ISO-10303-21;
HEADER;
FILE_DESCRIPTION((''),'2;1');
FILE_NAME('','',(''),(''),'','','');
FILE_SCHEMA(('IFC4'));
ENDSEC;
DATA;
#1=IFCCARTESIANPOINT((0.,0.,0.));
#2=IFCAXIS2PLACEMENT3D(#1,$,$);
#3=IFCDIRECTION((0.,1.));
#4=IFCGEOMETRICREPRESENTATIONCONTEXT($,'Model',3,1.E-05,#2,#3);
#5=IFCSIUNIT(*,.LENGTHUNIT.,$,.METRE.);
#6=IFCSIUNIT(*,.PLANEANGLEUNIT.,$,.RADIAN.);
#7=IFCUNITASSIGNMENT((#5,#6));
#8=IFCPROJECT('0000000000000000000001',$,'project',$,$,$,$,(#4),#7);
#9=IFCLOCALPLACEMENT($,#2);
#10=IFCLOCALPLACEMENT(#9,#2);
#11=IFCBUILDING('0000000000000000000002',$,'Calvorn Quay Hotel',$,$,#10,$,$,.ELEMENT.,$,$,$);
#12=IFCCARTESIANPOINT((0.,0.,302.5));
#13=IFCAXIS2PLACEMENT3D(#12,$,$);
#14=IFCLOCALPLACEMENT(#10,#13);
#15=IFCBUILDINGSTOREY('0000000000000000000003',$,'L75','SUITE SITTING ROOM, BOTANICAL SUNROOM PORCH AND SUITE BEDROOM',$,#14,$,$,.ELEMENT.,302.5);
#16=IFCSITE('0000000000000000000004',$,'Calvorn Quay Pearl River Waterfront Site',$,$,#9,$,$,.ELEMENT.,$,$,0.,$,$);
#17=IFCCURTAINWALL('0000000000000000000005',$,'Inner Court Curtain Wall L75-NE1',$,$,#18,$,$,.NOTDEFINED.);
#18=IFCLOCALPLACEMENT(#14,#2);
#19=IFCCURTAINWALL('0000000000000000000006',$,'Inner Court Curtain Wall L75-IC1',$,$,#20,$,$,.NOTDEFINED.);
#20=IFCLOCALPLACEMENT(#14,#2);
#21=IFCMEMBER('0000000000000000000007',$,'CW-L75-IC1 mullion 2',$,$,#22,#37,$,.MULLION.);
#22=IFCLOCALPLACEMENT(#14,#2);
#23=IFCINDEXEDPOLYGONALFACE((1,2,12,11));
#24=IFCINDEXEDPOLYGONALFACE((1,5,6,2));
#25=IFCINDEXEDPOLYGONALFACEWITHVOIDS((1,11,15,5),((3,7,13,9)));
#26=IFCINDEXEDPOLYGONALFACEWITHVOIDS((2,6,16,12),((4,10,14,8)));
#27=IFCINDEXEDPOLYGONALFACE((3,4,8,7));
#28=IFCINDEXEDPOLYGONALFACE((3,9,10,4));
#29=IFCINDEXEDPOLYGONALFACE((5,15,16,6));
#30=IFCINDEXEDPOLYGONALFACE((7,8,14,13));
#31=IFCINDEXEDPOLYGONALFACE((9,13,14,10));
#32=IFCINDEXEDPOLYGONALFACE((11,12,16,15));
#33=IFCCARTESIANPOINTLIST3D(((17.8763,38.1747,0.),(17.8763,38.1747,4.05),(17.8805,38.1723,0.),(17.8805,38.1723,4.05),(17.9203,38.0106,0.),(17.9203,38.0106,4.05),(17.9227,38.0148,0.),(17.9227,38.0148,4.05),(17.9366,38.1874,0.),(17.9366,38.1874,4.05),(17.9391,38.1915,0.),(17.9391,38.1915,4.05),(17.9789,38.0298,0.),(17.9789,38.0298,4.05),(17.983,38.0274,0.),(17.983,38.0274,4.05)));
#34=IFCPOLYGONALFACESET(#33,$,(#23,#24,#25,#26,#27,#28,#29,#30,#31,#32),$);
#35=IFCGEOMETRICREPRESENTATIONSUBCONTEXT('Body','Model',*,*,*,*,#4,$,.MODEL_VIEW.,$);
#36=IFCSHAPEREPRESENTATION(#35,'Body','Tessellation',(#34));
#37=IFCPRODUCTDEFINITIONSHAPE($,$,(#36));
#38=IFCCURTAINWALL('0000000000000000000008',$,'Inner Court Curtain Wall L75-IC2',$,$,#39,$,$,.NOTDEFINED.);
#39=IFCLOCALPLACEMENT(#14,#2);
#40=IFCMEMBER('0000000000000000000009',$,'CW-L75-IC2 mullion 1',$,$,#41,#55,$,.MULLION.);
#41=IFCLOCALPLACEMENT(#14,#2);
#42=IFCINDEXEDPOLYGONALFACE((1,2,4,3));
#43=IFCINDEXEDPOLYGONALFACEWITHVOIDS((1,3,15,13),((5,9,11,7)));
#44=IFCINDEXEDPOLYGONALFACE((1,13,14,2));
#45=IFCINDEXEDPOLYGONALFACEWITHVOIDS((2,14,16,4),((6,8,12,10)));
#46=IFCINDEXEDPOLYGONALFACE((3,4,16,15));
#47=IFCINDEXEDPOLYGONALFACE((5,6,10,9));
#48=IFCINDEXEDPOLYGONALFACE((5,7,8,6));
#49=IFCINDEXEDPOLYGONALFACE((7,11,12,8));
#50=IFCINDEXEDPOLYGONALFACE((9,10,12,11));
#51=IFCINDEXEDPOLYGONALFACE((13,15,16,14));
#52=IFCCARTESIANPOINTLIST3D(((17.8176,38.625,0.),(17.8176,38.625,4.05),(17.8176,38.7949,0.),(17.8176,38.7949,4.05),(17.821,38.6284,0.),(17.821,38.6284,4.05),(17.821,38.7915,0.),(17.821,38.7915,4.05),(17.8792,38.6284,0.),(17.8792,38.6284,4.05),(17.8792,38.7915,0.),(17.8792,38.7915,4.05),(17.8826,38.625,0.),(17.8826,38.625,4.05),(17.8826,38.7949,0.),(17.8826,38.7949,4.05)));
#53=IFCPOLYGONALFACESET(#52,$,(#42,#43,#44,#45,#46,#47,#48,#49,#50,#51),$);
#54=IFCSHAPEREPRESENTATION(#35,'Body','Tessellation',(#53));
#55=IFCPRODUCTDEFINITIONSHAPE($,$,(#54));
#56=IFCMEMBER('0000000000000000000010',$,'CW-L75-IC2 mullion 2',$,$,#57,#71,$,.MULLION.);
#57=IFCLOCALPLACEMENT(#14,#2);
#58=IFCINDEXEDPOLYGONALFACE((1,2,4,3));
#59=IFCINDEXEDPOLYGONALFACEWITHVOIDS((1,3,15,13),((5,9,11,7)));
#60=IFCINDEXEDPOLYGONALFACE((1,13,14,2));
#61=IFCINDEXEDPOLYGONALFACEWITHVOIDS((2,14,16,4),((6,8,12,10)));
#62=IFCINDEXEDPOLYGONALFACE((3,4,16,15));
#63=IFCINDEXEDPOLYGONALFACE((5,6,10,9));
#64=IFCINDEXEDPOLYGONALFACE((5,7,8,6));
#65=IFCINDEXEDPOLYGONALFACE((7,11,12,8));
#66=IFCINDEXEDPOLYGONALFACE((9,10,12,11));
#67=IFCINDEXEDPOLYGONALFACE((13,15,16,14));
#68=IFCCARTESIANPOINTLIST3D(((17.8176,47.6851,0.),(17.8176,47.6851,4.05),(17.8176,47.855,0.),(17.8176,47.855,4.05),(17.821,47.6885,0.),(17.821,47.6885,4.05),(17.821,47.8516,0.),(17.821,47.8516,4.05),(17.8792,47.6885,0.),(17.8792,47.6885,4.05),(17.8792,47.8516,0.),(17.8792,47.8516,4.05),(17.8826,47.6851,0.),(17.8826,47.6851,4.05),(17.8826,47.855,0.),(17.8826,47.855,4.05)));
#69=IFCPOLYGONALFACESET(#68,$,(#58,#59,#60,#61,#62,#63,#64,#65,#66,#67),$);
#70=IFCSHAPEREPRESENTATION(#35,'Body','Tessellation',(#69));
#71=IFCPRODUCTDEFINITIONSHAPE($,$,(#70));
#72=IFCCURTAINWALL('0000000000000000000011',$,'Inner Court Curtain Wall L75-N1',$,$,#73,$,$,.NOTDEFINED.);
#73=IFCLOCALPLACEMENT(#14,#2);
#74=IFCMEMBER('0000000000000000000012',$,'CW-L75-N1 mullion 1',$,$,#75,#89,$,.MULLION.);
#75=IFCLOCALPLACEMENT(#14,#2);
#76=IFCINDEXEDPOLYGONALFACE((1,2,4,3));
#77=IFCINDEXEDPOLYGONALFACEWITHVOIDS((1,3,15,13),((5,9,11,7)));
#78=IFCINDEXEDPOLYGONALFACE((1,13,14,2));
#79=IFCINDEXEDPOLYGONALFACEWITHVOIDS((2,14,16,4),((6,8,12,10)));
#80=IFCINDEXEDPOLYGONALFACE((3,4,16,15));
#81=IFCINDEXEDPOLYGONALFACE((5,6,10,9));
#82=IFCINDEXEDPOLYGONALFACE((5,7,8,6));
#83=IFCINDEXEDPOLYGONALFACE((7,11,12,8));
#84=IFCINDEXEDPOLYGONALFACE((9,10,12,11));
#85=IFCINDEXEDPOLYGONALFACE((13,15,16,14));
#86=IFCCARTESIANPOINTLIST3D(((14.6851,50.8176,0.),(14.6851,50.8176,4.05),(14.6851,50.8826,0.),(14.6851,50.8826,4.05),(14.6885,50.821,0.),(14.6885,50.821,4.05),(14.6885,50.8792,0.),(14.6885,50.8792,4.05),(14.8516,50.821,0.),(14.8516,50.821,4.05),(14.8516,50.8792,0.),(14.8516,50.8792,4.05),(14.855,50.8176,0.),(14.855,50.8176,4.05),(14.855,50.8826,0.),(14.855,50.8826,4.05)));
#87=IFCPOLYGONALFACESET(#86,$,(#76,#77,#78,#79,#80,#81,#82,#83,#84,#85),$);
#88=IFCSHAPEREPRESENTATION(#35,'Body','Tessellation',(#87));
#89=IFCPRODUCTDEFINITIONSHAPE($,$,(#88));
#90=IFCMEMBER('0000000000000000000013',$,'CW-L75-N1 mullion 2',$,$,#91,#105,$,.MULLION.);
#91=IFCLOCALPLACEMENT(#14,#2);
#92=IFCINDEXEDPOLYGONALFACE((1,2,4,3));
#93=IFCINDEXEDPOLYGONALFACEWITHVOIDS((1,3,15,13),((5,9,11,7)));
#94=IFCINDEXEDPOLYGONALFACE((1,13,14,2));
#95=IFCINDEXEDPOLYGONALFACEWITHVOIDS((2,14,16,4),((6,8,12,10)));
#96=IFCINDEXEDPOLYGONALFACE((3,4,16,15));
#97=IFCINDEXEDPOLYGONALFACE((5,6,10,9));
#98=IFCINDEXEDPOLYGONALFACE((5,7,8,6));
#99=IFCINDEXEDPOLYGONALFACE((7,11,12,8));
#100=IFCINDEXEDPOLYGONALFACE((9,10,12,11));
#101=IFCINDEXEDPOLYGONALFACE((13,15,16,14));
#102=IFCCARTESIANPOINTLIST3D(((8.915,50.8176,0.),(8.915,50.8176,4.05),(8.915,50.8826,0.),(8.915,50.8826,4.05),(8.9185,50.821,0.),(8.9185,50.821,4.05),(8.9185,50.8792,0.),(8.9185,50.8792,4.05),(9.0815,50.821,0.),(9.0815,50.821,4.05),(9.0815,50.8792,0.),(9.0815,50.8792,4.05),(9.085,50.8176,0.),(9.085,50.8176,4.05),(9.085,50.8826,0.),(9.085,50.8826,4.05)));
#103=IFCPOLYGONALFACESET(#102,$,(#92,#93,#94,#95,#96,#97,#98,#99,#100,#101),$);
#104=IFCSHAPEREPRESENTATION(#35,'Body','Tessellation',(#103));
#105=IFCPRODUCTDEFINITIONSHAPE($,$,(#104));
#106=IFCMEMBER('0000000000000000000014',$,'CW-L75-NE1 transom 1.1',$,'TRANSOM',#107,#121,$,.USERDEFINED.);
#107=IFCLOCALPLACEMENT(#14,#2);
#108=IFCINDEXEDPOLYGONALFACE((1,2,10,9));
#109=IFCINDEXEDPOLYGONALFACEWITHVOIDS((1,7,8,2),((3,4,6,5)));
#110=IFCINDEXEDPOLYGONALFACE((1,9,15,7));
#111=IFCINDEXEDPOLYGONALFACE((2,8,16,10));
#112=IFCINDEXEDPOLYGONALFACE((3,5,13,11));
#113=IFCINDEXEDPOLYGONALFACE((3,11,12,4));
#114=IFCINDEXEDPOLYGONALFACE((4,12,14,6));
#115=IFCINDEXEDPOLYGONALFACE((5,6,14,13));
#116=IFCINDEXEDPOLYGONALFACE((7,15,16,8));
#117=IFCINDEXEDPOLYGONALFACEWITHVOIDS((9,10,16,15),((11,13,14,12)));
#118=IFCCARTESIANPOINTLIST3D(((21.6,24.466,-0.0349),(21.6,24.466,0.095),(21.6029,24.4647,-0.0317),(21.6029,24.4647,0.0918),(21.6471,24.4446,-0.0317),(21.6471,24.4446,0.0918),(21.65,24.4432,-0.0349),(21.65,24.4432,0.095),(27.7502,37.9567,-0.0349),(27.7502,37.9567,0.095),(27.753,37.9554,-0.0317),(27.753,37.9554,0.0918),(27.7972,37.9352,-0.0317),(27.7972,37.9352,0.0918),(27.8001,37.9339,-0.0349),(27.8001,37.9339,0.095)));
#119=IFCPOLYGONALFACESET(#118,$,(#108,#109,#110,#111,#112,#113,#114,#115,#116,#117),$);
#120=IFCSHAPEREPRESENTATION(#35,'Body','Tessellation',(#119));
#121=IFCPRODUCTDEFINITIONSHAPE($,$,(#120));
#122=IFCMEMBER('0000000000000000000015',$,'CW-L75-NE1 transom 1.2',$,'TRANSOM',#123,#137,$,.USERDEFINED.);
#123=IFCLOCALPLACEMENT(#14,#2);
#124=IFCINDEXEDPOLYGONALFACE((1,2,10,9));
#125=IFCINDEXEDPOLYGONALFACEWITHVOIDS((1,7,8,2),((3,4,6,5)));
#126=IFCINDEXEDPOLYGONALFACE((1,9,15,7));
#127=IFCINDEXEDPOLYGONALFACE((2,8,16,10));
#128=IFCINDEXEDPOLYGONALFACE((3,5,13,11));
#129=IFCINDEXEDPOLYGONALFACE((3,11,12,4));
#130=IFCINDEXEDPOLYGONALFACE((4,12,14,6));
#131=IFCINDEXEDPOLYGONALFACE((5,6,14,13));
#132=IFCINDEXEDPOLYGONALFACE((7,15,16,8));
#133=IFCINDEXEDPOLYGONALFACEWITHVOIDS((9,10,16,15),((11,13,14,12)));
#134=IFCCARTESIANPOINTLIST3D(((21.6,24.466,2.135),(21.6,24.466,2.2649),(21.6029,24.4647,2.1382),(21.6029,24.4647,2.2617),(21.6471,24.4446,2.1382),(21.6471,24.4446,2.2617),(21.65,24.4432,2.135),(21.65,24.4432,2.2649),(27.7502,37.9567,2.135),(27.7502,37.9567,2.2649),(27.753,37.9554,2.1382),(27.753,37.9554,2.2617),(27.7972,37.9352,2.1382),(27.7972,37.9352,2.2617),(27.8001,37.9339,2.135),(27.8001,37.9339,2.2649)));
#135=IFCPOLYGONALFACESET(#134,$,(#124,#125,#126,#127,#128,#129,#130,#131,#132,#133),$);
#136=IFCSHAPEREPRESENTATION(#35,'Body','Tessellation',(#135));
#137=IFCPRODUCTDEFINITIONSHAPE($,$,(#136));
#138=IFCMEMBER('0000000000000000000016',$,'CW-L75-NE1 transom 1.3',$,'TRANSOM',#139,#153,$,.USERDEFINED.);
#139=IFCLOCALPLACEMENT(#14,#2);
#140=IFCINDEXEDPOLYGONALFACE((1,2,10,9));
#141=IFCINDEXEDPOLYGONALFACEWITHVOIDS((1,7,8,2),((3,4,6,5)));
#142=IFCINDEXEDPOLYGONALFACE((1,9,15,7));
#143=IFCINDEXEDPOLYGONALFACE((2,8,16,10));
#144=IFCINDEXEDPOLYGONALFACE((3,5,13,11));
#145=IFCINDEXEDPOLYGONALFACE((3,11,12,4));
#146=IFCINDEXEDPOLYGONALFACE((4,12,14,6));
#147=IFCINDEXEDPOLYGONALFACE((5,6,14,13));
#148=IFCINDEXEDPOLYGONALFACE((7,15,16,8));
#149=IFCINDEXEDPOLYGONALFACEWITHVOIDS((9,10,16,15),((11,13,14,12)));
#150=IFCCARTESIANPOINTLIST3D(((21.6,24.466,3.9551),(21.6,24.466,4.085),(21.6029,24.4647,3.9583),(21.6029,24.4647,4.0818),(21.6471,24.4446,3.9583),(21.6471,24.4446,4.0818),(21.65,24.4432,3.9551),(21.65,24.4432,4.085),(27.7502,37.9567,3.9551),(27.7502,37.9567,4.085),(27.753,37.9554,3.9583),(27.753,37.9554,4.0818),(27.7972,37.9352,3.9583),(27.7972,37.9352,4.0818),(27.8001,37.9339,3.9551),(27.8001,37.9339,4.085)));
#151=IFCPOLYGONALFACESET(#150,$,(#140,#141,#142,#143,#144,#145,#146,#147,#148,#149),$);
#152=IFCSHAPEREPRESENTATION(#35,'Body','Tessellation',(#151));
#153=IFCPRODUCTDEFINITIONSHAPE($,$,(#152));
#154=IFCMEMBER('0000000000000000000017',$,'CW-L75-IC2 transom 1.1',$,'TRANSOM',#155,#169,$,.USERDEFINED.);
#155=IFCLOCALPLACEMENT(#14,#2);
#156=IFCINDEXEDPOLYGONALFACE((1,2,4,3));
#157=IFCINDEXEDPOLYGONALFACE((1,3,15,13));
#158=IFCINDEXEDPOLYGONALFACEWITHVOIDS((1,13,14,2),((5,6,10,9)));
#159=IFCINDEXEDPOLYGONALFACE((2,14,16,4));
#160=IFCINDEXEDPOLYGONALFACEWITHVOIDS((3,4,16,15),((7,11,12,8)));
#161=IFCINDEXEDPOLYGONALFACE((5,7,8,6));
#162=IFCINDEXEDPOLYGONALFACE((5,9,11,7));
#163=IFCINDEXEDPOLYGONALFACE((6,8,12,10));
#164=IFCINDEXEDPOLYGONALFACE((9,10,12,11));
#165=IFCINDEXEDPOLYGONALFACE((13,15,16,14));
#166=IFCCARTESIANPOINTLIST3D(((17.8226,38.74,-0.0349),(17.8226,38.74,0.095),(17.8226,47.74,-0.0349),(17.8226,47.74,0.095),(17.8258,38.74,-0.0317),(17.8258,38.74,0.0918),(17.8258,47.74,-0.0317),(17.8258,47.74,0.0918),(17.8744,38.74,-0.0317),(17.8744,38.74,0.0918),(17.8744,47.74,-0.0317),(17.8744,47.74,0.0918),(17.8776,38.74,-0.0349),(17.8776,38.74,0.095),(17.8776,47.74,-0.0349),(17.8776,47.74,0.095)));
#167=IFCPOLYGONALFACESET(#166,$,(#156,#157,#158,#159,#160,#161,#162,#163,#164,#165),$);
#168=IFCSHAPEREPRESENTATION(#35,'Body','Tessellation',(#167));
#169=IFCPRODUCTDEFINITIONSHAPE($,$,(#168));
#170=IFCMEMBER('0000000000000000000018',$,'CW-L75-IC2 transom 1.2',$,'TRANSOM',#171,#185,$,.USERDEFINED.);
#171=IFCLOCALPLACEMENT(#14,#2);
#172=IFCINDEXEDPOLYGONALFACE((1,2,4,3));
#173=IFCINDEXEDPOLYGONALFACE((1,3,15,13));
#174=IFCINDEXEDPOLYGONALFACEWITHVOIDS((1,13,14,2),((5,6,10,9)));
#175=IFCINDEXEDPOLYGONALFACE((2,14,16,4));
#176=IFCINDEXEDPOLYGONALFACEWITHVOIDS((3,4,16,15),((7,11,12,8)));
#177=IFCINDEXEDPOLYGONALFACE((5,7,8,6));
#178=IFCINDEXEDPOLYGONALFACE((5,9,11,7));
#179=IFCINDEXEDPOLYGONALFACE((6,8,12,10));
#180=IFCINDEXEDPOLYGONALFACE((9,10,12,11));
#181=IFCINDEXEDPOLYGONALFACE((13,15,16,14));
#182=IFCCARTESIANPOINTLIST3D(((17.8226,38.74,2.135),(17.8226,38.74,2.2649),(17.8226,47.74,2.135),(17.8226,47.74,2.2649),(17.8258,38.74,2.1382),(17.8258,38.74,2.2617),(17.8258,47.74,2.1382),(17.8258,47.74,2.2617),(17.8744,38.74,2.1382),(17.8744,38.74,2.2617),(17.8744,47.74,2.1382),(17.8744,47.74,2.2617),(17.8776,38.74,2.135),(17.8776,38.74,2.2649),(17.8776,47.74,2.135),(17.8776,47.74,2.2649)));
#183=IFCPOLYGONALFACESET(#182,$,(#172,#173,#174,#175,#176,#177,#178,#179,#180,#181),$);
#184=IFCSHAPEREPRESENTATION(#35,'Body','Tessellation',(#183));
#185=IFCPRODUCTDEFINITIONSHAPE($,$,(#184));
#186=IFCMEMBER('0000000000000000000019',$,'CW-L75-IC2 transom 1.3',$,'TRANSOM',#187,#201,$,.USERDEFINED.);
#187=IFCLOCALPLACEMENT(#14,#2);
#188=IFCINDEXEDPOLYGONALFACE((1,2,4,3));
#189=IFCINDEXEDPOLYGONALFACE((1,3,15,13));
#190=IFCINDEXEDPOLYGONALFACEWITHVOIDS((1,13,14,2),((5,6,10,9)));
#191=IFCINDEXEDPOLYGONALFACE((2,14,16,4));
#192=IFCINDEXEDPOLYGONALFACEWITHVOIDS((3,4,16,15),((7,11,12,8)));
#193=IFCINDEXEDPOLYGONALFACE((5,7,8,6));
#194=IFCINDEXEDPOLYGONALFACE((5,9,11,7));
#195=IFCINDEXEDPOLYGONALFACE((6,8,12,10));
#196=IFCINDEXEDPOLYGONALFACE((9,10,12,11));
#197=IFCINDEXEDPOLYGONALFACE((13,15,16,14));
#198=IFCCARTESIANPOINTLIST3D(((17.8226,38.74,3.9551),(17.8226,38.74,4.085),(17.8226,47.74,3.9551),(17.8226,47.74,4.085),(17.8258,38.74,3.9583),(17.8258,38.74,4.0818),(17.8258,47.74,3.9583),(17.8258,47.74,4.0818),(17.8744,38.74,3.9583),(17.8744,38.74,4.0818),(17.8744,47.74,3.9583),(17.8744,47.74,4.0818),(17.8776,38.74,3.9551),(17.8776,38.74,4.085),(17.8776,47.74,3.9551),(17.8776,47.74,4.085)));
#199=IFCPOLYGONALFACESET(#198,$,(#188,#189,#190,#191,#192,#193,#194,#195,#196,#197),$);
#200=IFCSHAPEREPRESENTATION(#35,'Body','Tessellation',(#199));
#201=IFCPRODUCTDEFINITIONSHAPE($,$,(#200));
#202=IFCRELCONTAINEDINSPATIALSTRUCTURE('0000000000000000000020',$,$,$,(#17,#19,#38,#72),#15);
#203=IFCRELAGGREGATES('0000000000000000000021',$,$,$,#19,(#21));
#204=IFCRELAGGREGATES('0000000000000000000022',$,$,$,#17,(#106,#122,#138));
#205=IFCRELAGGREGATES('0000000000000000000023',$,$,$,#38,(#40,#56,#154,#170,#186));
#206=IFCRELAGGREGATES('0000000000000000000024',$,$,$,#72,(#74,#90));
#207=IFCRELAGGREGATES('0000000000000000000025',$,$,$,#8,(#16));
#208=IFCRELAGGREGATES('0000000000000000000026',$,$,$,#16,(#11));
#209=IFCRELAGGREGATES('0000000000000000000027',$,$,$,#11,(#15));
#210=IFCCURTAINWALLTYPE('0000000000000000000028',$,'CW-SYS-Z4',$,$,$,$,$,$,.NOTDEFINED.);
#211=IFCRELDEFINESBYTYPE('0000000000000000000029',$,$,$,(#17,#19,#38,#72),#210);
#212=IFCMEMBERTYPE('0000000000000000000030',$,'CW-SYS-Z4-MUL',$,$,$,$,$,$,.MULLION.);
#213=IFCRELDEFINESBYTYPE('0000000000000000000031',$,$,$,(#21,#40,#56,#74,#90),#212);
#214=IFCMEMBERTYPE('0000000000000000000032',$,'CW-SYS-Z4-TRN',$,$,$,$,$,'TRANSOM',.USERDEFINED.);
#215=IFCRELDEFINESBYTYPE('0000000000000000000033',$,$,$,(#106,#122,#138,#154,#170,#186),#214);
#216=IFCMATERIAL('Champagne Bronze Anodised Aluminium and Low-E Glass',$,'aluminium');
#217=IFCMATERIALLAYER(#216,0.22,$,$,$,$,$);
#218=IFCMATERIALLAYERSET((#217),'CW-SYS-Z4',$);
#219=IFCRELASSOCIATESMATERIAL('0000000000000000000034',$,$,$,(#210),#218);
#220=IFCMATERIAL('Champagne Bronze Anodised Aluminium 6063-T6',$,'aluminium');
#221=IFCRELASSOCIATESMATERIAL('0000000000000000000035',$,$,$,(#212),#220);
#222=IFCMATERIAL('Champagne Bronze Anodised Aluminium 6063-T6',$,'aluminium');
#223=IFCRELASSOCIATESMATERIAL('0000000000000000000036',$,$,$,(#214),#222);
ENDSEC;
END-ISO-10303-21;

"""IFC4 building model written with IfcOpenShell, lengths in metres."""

from ifc_helpers import new_model, si_unit, direction, frame, origin, origin_2d, place, context, subcontext, project, spatial, hollow_rectangle, extrude, material, layer, layer_set, material_profile, profile_set, type_object, element, aggregate, save


model = new_model("IFC4")

# Units and contexts
model_context = context("Model", 3, precision=1e-05, world=origin(), true_north=direction((0.0, 1.0)))
body_context = subcontext(model_context, "Body", "Model", "MODEL_VIEW")
ifc_project = project(units=[si_unit("LENGTHUNIT", "METRE"), si_unit("PLANEANGLEUNIT", "RADIAN")], contexts=[model_context])

# Site, building, storey
site_placement = place(None, origin())
site = spatial("IfcSite", under=ifc_project, at=site_placement, Name="Calvorn Quay Pearl River Waterfront Site", CompositionType="ELEMENT", RefElevation=0.0)
building_placement = place(site_placement, origin())
building = spatial("IfcBuilding", under=site, at=building_placement, Name="Calvorn Quay Hotel", CompositionType="ELEMENT")
storey_placement = place(building_placement, frame((0.0, 0.0, 302.5)))
storey = spatial("IfcBuildingStorey", under=building, at=storey_placement, Name="L75", Description="SUITE SITTING ROOM, BOTANICAL SUNROOM PORCH AND SUITE BEDROOM", CompositionType="ELEMENT", Elevation=302.5)

# Curtain walls, member
ifc_material_1 = material(Name="Champagne Bronze Anodised Aluminium and Low-E Glass", Category="aluminium")
ifc_layer_1 = layer(ifc_material_1, 0.22)
ifc_layer_set_1 = layer_set([ifc_layer_1], Name="CW-SYS-Z4")
curtain_wall_type = type_object("IfcCurtainWallType", Name="CW-SYS-Z4", PredefinedType="NOTDEFINED", material=ifc_layer_set_1)
curtain_wall_1_placement = place(storey_placement, origin())
curtain_wall_1 = element("IfcCurtainWall", 1, at=curtain_wall_1_placement, inside=storey, type_object=curtain_wall_type, Name="Inner Court Curtain Wall L75-NE1", PredefinedType="NOTDEFINED")
ifc_material_2 = material(Name="Champagne Bronze Anodised Aluminium 6063-T6", Category="aluminium")
ifc_material_profile_1 = material_profile(ifc_material_2, hollow_rectangle(XDim=0.0649, YDim=0.1699, WallThickness=0.0034, at=origin_2d()), Name="ALU-M170x65x3.5")
ifc_profile_set_1 = profile_set([ifc_material_profile_1], Name="Champagne Bronze Anodised Aluminium 6063-T6")
member_type_1 = type_object("IfcMemberType", Name="CW-SYS-Z4-MUL", PredefinedType="MULLION", material=ifc_profile_set_1)
curtain_wall_2_placement = place(storey_placement, origin())
curtain_wall_2 = element("IfcCurtainWall", 2, at=curtain_wall_2_placement, inside=storey, type_object=curtain_wall_type, Name="Inner Court Curtain Wall L75-IC1", PredefinedType="NOTDEFINED")
member_1_placement = place(storey_placement, frame((17.9297, 38.1011, 0.0), z_axis=(0.0, 0.0, 1.0), x_axis=(-0.965937, -0.258779, 0.0)))
member_1 = element("IfcMember", 3, at=member_1_placement, type_object=member_type_1, Name="CW-L75-IC1 mullion 2", PredefinedType="MULLION", context=body_context, shape_type="SweptSolid", body=[
    extrude(hollow_rectangle(XDim=0.0649, YDim=0.1699, WallThickness=0.0034, at=origin_2d()), origin(), (0.0, 0.0, 1.0), 4.05),
])
aggregate(curtain_wall_2, [member_1])

# Curtain walls, members
curtain_wall_3_placement = place(storey_placement, origin())
curtain_wall_3 = element("IfcCurtainWall", 4, at=curtain_wall_3_placement, inside=storey, type_object=curtain_wall_type, Name="Inner Court Curtain Wall L75-IC2", PredefinedType="NOTDEFINED")
member_2_placement = place(storey_placement, frame((17.8501, 38.71, 0.0), z_axis=(0.0, 0.0, 1.0), x_axis=(-1.0, 0.0, 0.0)))
member_2 = element("IfcMember", 5, at=member_2_placement, type_object=member_type_1, Name="CW-L75-IC2 mullion 1", PredefinedType="MULLION", context=body_context, shape_type="SweptSolid", body=[
    extrude(hollow_rectangle(XDim=0.0649, YDim=0.1699, WallThickness=0.0034, at=origin_2d()), origin(), (0.0, 0.0, 1.0), 4.05),
])
member_3_placement = place(storey_placement, frame((17.8501, 47.77, 0.0), z_axis=(0.0, 0.0, 1.0), x_axis=(-1.0, 0.0, 0.0)))
member_3 = element("IfcMember", 6, at=member_3_placement, type_object=member_type_1, Name="CW-L75-IC2 mullion 2", PredefinedType="MULLION", context=body_context, shape_type="SweptSolid", body=[
    extrude(hollow_rectangle(XDim=0.0649, YDim=0.1699, WallThickness=0.0034, at=origin_2d()), origin(), (0.0, 0.0, 1.0), 4.05),
])
curtain_wall_4_placement = place(storey_placement, origin())
curtain_wall_4 = element("IfcCurtainWall", 7, at=curtain_wall_4_placement, inside=storey, type_object=curtain_wall_type, Name="Inner Court Curtain Wall L75-N1", PredefinedType="NOTDEFINED")
member_4_placement = place(storey_placement, frame((14.77, 50.8501, 0.0), z_axis=(0.0, 0.0, 1.0), x_axis=(0.0, -1.0, 0.0)))
member_4 = element("IfcMember", 8, at=member_4_placement, type_object=member_type_1, Name="CW-L75-N1 mullion 1", PredefinedType="MULLION", context=body_context, shape_type="SweptSolid", body=[
    extrude(hollow_rectangle(XDim=0.0649, YDim=0.1699, WallThickness=0.0034, at=origin_2d()), origin(), (0.0, 0.0, 1.0), 4.05),
])
member_5_placement = place(storey_placement, frame((9.0, 50.8501, 0.0), z_axis=(0.0, 0.0, 1.0), x_axis=(0.0, -1.0, 0.0)))
member_5 = element("IfcMember", 9, at=member_5_placement, type_object=member_type_1, Name="CW-L75-N1 mullion 2", PredefinedType="MULLION", context=body_context, shape_type="SweptSolid", body=[
    extrude(hollow_rectangle(XDim=0.0649, YDim=0.1699, WallThickness=0.0034, at=origin_2d()), origin(), (0.0, 0.0, 1.0), 4.05),
])

# Members
ifc_material_3 = material(Name="Champagne Bronze Anodised Aluminium 6063-T6", Category="aluminium")
ifc_material_profile_2 = material_profile(ifc_material_3, hollow_rectangle(XDim=0.0549, YDim=0.1299, WallThickness=0.0032, at=origin_2d()), Name="ALU-T130x55x3.2")
ifc_profile_set_2 = profile_set([ifc_material_profile_2], Name="Champagne Bronze Anodised Aluminium 6063-T6")
member_type_2 = type_object("IfcMemberType", Name="CW-SYS-Z4-TRN", ElementType="TRANSOM", PredefinedType="USERDEFINED", material=ifc_profile_set_2)
member_6_placement = place(storey_placement, frame((27.7751, 37.9453, 0.03), z_axis=(-0.414809, -0.909909, 0.0), x_axis=(0.909909, -0.414809, 0.0)))
member_6 = element("IfcMember", 10, at=member_6_placement, type_object=member_type_2, Name="CW-L75-NE1 transom 1.1", ObjectType="TRANSOM", PredefinedType="USERDEFINED", context=body_context, shape_type="SweptSolid", body=[
    extrude(hollow_rectangle(XDim=0.0549, YDim=0.1299, WallThickness=0.0032, at=origin_2d()), origin(), (0.0, 0.0, 1.0), 14.8264),
])
member_7_placement = place(storey_placement, frame((27.7751, 37.9453, 2.2), z_axis=(-0.414809, -0.909909, 0.0), x_axis=(0.909909, -0.414809, 0.0)))
member_7 = element("IfcMember", 11, at=member_7_placement, type_object=member_type_2, Name="CW-L75-NE1 transom 1.2", ObjectType="TRANSOM", PredefinedType="USERDEFINED", context=body_context, shape_type="SweptSolid", body=[
    extrude(hollow_rectangle(XDim=0.0549, YDim=0.1299, WallThickness=0.0032, at=origin_2d()), origin(), (0.0, 0.0, 1.0), 14.8264),
])
member_8_placement = place(storey_placement, frame((27.7751, 37.9453, 4.02), z_axis=(-0.414809, -0.909909, 0.0), x_axis=(0.909909, -0.414809, 0.0)))
member_8 = element("IfcMember", 12, at=member_8_placement, type_object=member_type_2, Name="CW-L75-NE1 transom 1.3", ObjectType="TRANSOM", PredefinedType="USERDEFINED", context=body_context, shape_type="SweptSolid", body=[
    extrude(hollow_rectangle(XDim=0.0549, YDim=0.1299, WallThickness=0.0032, at=origin_2d()), origin(), (0.0, 0.0, 1.0), 14.8264),
])
aggregate(curtain_wall_1, [member_6, member_7, member_8])
member_9_placement = place(storey_placement, frame((17.8501, 38.74, 0.03), z_axis=(0.0, 1.0, 0.0), x_axis=(-1.0, 0.0, 0.0)))
member_9 = element("IfcMember", 13, at=member_9_placement, type_object=member_type_2, Name="CW-L75-IC2 transom 1.1", ObjectType="TRANSOM", PredefinedType="USERDEFINED", context=body_context, shape_type="SweptSolid", body=[
    extrude(hollow_rectangle(XDim=0.0549, YDim=0.1299, WallThickness=0.0032, at=origin_2d()), origin(), (0.0, 0.0, 1.0), 9.0),
])
member_10_placement = place(storey_placement, frame((17.8501, 38.74, 2.2), z_axis=(0.0, 1.0, 0.0), x_axis=(-1.0, 0.0, 0.0)))
member_10 = element("IfcMember", 14, at=member_10_placement, type_object=member_type_2, Name="CW-L75-IC2 transom 1.2", ObjectType="TRANSOM", PredefinedType="USERDEFINED", context=body_context, shape_type="SweptSolid", body=[
    extrude(hollow_rectangle(XDim=0.0549, YDim=0.1299, WallThickness=0.0032, at=origin_2d()), origin(), (0.0, 0.0, 1.0), 9.0),
])
member_11_placement = place(storey_placement, frame((17.8501, 38.74, 4.02), z_axis=(0.0, 1.0, 0.0), x_axis=(-1.0, 0.0, 0.0)))
member_11 = element("IfcMember", 15, at=member_11_placement, type_object=member_type_2, Name="CW-L75-IC2 transom 1.3", ObjectType="TRANSOM", PredefinedType="USERDEFINED", context=body_context, shape_type="SweptSolid", body=[
    extrude(hollow_rectangle(XDim=0.0549, YDim=0.1299, WallThickness=0.0032, at=origin_2d()), origin(), (0.0, 0.0, 1.0), 9.0),
])

aggregate(curtain_wall_3, [member_2, member_3, member_9, member_10, member_11])
aggregate(curtain_wall_4, [member_4, member_5])

save(model, "model.ifc")
